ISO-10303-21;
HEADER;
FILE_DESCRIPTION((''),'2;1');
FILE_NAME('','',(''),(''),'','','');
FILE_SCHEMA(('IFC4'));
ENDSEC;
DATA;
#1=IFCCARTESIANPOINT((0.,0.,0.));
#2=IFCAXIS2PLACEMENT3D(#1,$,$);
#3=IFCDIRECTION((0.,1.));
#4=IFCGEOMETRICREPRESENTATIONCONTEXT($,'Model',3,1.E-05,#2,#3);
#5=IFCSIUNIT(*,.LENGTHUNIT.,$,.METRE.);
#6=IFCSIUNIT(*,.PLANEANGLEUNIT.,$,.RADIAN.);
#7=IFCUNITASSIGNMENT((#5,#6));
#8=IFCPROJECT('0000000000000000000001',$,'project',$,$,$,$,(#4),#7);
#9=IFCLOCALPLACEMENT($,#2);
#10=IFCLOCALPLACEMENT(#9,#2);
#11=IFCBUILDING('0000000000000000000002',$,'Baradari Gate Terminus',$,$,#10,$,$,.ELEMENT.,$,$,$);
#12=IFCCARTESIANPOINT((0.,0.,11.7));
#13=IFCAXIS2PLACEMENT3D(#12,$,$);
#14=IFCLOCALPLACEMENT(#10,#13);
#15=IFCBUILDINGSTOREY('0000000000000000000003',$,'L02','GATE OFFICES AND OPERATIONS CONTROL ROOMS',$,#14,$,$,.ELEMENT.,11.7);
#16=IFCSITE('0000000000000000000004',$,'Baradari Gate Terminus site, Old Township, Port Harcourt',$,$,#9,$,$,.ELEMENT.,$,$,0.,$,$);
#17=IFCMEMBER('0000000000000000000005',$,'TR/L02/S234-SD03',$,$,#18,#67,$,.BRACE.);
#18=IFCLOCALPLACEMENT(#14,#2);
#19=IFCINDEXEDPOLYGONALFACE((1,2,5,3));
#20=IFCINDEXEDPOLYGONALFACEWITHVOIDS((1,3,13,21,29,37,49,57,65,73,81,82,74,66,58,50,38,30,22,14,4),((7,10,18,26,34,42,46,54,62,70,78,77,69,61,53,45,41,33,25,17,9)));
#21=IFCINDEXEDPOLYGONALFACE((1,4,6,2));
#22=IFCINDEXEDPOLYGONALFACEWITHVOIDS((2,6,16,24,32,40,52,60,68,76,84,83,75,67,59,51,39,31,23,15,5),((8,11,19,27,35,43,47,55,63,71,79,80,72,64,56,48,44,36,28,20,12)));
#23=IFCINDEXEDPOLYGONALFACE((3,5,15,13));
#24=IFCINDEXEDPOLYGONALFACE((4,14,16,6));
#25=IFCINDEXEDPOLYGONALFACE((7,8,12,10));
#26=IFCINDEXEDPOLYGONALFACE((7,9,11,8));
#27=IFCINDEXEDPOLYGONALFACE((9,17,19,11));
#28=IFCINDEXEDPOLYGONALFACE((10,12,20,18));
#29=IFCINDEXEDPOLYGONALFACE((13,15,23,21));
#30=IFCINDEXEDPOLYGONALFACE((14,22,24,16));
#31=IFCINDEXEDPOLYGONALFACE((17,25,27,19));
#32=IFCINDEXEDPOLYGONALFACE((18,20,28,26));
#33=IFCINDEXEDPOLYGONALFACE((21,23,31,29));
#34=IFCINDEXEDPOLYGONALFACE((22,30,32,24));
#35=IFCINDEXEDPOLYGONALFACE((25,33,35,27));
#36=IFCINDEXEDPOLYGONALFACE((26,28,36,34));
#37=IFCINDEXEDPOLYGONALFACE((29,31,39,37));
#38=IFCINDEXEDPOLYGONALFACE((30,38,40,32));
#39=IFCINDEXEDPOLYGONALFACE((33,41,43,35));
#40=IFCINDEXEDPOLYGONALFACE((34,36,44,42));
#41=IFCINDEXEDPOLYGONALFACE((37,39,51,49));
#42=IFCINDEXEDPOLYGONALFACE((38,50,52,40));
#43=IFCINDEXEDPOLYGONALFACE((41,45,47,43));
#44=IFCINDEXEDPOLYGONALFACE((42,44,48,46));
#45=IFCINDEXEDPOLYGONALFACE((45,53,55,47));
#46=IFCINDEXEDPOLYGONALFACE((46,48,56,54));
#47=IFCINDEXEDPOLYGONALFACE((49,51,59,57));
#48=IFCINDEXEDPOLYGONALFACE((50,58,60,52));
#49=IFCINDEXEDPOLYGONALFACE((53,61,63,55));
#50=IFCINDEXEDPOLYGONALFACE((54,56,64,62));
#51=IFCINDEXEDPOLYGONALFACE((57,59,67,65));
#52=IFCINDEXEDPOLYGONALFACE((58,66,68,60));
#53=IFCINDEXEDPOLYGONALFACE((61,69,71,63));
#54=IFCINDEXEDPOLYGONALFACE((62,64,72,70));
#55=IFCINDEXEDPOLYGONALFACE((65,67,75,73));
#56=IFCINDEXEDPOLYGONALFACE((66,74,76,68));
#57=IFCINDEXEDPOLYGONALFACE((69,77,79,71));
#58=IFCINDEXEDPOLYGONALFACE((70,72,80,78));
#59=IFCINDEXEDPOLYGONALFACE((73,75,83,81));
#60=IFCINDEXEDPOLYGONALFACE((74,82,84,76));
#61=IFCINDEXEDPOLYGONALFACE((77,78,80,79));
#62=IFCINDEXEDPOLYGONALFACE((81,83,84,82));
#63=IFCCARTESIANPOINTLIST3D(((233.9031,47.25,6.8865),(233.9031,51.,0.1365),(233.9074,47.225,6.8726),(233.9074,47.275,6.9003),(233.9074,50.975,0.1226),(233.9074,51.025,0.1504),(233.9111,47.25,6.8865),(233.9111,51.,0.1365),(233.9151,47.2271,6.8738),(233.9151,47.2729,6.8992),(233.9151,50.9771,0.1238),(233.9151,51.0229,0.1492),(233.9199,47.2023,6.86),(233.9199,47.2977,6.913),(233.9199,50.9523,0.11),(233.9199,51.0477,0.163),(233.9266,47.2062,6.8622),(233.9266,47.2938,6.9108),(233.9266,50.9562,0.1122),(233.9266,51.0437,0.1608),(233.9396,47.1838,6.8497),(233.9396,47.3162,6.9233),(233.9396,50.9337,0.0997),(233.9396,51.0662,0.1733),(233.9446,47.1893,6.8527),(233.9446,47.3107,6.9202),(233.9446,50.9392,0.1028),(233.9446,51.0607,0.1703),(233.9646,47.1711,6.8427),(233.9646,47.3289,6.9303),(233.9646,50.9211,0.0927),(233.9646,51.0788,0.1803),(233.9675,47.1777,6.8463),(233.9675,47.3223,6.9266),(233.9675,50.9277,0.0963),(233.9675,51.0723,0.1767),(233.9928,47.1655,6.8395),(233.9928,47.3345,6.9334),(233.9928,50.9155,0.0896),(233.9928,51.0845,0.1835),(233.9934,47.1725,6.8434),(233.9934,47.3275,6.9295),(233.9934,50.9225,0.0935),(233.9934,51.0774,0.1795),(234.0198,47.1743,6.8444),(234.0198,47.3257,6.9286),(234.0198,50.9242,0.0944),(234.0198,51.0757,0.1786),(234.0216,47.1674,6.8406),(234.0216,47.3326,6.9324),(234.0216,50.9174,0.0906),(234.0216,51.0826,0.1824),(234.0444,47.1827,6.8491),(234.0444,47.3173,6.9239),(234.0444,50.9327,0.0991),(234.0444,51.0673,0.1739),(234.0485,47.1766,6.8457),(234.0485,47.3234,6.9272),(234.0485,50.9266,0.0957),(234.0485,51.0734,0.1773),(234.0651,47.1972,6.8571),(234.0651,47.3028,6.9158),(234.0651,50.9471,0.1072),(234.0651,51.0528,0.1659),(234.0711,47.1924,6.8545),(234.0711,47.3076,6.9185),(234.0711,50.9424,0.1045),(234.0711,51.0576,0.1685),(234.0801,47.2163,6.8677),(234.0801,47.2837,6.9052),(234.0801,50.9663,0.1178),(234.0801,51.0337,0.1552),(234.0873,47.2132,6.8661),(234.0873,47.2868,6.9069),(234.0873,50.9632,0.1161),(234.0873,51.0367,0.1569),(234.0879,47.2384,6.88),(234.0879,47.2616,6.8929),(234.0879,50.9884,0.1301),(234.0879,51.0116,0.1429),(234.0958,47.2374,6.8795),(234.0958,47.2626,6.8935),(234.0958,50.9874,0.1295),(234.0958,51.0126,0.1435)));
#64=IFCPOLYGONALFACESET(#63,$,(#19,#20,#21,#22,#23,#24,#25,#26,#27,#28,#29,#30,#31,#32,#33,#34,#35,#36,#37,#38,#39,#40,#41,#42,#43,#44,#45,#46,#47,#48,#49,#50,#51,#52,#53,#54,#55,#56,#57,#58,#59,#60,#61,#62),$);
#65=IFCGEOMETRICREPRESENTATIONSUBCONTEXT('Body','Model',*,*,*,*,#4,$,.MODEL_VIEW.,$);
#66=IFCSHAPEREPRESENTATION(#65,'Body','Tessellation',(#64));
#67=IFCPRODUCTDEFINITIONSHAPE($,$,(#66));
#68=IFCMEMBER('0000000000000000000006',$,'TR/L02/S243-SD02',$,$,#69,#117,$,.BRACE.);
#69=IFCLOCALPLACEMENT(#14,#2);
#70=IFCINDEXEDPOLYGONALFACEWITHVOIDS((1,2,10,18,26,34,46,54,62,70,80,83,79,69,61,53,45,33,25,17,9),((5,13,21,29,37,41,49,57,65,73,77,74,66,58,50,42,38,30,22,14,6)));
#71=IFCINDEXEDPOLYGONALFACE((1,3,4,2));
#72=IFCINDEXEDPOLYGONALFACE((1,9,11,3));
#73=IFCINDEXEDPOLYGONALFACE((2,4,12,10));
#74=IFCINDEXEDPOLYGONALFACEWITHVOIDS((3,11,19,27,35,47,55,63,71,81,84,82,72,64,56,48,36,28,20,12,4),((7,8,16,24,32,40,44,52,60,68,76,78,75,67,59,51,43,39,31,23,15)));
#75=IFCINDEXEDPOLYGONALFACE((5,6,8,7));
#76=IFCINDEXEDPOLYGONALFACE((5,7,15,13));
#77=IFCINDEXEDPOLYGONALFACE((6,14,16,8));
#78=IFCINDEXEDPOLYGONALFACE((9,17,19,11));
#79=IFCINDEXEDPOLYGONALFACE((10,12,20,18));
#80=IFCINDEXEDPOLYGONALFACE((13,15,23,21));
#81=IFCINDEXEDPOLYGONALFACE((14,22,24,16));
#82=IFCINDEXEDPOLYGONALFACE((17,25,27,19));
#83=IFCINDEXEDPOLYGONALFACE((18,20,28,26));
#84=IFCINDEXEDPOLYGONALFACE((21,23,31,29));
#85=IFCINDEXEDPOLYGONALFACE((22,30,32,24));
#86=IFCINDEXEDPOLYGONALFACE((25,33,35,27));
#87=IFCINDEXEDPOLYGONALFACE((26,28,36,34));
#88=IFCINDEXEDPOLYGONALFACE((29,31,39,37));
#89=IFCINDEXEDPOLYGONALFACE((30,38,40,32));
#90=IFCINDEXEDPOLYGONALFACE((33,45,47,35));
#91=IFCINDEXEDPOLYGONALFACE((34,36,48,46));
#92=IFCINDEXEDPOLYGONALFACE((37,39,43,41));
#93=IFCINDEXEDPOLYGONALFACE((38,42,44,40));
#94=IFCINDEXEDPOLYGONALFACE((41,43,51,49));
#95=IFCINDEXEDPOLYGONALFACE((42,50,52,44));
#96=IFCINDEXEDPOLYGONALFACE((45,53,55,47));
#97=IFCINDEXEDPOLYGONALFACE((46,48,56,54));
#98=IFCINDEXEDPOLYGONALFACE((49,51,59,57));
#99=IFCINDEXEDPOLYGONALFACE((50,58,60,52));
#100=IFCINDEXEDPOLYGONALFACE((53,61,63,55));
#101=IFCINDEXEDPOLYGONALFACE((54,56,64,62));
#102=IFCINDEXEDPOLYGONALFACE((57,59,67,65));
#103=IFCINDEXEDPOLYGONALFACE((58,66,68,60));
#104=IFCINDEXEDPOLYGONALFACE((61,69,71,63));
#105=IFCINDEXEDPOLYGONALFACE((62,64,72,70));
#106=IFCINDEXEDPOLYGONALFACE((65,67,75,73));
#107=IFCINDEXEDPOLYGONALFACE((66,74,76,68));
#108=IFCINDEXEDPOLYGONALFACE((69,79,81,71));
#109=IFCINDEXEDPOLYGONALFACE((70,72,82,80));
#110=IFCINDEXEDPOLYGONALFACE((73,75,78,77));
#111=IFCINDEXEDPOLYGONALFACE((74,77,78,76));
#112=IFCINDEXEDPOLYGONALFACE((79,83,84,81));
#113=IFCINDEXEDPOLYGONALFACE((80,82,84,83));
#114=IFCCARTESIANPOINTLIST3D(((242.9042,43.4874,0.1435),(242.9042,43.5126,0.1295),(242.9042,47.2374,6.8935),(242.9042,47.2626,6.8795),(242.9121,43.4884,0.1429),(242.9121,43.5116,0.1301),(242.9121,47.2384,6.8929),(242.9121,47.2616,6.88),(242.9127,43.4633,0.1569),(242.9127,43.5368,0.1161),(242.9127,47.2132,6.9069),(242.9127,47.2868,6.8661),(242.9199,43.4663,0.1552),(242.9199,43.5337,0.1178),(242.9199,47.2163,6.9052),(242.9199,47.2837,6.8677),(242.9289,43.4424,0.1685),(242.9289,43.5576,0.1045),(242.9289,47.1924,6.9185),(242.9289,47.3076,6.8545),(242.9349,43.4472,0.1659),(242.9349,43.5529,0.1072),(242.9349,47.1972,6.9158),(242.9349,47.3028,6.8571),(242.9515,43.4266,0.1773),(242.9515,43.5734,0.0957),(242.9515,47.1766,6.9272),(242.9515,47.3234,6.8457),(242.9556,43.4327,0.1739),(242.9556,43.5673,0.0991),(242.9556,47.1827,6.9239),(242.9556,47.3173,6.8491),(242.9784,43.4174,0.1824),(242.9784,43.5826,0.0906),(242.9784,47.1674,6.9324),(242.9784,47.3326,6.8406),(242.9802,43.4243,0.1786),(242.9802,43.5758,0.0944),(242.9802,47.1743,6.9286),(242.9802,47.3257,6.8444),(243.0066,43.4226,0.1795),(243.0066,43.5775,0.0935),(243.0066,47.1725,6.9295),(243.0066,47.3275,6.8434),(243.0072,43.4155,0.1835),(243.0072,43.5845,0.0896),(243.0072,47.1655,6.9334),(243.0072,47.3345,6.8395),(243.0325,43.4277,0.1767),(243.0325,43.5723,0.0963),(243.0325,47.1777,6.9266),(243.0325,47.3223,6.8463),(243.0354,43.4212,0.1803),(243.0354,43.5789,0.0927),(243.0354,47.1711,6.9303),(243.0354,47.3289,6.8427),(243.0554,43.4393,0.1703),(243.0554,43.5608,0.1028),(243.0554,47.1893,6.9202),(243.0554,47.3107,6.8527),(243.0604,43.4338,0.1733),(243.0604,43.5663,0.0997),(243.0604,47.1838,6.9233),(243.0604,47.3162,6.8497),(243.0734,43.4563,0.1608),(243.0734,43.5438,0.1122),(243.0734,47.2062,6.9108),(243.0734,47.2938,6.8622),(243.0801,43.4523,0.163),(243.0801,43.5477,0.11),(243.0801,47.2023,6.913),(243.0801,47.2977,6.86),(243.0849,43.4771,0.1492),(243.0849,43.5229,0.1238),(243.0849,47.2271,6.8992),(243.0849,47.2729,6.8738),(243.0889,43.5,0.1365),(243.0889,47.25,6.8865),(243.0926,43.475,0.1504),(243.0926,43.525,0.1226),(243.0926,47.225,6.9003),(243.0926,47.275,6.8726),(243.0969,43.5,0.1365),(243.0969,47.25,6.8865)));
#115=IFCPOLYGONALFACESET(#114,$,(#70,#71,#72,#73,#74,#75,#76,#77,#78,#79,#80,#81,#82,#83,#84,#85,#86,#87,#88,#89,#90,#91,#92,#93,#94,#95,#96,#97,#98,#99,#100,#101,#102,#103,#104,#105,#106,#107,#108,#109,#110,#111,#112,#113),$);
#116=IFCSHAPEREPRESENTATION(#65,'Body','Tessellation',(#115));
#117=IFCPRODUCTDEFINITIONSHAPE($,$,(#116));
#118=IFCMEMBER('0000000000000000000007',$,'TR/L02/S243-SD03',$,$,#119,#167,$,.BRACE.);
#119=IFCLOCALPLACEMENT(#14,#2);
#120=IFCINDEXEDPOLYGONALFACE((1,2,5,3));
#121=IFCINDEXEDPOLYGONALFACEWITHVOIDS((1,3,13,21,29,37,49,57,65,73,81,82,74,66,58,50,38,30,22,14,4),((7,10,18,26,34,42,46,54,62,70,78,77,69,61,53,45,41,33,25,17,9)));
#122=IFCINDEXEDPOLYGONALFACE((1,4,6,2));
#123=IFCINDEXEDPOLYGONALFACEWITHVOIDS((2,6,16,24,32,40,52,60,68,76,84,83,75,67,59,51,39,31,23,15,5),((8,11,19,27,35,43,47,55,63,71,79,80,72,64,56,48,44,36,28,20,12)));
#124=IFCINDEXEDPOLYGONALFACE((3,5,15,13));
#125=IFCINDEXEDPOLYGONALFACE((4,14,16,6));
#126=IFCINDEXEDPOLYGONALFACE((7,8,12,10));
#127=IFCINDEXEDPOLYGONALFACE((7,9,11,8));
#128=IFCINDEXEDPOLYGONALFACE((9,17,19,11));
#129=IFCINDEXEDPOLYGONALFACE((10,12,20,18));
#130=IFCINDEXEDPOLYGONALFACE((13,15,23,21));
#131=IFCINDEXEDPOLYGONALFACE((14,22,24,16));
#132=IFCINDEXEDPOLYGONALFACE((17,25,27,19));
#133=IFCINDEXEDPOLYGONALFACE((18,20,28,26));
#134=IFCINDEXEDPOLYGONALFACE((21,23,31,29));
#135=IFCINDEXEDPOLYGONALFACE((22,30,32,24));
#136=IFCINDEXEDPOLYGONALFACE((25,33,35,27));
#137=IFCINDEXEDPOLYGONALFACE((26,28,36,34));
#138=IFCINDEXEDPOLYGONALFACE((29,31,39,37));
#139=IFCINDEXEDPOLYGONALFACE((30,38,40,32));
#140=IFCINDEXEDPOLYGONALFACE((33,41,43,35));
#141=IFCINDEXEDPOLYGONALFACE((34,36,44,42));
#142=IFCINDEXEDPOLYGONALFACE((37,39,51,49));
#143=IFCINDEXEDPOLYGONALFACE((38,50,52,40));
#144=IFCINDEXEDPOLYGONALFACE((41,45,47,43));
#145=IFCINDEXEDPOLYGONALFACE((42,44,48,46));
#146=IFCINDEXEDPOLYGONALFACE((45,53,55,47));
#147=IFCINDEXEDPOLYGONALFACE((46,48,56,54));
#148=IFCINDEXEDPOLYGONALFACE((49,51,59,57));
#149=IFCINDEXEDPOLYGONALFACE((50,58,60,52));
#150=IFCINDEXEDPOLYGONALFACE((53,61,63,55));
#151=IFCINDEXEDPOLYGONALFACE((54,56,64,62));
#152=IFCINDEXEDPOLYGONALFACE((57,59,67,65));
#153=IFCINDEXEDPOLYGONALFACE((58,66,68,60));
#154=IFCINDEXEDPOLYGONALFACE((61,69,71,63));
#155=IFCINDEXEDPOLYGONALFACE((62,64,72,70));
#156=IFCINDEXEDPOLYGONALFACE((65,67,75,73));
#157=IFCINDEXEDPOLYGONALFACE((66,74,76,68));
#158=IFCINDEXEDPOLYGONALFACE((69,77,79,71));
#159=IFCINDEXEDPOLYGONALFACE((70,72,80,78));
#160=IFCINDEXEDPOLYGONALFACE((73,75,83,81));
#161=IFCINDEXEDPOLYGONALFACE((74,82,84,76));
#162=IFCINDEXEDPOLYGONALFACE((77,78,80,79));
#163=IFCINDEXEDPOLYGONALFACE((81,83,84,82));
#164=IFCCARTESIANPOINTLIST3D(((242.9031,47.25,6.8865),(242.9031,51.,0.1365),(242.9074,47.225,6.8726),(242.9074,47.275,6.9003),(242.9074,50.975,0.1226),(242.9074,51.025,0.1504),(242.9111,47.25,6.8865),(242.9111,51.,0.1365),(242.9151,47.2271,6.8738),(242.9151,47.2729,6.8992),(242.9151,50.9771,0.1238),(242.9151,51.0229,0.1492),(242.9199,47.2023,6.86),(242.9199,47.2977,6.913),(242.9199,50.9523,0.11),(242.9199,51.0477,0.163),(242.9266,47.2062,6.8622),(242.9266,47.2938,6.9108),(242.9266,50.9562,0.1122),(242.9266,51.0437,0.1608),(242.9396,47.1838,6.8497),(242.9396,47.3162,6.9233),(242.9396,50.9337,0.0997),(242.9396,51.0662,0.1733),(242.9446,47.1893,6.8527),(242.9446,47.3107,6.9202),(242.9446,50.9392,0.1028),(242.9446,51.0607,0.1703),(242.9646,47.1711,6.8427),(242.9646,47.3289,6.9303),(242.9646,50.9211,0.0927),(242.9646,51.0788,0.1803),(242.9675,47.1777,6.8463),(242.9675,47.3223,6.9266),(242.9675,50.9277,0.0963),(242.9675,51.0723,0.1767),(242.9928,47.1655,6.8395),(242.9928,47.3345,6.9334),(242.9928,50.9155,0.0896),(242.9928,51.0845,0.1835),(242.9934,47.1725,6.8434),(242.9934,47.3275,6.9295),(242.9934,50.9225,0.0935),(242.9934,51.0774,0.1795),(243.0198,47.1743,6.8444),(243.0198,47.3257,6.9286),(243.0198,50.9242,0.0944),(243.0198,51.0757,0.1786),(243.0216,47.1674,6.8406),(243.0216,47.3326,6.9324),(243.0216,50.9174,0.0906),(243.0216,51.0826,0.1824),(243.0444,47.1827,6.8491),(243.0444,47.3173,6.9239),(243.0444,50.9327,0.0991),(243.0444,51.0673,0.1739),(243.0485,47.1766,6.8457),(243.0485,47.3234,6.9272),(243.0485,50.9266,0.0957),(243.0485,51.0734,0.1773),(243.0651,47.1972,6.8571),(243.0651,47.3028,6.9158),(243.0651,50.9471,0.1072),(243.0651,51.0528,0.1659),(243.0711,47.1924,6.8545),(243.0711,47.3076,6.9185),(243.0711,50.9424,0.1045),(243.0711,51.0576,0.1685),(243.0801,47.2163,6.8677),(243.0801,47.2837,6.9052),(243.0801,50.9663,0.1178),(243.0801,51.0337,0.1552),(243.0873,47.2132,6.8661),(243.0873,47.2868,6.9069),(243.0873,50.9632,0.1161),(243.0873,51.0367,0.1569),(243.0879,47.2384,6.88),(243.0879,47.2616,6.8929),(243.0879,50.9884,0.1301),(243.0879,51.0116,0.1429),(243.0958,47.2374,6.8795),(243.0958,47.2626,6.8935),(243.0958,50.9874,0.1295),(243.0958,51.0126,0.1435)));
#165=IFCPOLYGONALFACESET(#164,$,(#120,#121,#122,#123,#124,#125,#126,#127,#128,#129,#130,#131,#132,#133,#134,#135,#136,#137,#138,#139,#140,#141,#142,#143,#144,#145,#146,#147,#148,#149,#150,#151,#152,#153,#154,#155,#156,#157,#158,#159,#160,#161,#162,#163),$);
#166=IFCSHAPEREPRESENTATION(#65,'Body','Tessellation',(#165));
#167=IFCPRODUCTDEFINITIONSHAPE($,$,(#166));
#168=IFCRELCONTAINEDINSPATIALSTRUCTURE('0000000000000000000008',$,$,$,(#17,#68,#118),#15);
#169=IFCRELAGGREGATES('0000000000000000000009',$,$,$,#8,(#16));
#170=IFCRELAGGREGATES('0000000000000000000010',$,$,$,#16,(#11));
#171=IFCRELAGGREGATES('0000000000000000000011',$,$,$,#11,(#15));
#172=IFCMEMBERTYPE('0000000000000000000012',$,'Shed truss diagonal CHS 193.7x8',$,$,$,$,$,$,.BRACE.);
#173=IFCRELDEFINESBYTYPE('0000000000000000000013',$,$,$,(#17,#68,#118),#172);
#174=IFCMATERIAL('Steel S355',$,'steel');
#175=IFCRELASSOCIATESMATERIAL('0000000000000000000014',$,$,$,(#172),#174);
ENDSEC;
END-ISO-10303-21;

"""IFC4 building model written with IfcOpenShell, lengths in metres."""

from ifc_helpers import new_model, si_unit, direction, frame, origin, origin_2d, place, context, subcontext, project, spatial, hollow_circle, extrude, material, material_profile, profile_set, type_object, element, save


model = new_model("IFC4")

# Units and contexts
model_context = context("Model", 3, precision=1e-05, world=origin(), true_north=direction((0.0, 1.0)))
body_context = subcontext(model_context, "Body", "Model", "MODEL_VIEW")
ifc_project = project(units=[si_unit("LENGTHUNIT", "METRE"), si_unit("PLANEANGLEUNIT", "RADIAN")], contexts=[model_context])

# Site, building, storey
site_placement = place(None, origin())
site = spatial("IfcSite", under=ifc_project, at=site_placement, Name="Baradari Gate Terminus site, Old Township, Port Harcourt", CompositionType="ELEMENT", RefElevation=0.0)
building_placement = place(site_placement, origin())
building = spatial("IfcBuilding", under=site, at=building_placement, Name="Baradari Gate Terminus", CompositionType="ELEMENT")
storey_placement = place(building_placement, frame((0.0, 0.0, 11.7)))
storey = spatial("IfcBuildingStorey", under=building, at=storey_placement, Name="L02", Description="GATE OFFICES AND OPERATIONS CONTROL ROOMS", CompositionType="ELEMENT", Elevation=11.7)

# Members
ifc_material_1 = material(Name="Steel S355", Category="steel")
ifc_material_profile_1 = material_profile(ifc_material_1, hollow_circle(Radius=0.0969, WallThickness=0.0081, at=origin_2d()), Name="CHS 193.7x8")
ifc_profile_set_1 = profile_set([ifc_material_profile_1], Name="Steel S355")
member_type_1 = type_object("IfcMemberType", Name="Shed truss diagonal CHS 193.7x8", PredefinedType="BRACE", material=ifc_profile_set_1)
for number, where, z_axis, x_axis, name in (
    (1, (234.0, 47.25, 6.8865), (0.0, 0.485643, -0.874157), (-1.0, 0.0, 0.0), "TR/L02/S234-SD03"),
    (2, (243.0, 47.25, 6.8865), (0.0, -0.485643, -0.874157), (1.0, 0.0, 0.0), "TR/L02/S243-SD02"),
    (3, (243.0, 47.25, 6.8865), (0.0, 0.485643, -0.874157), (-1.0, 0.0, 0.0), "TR/L02/S243-SD03"),
):
    element("IfcMember", number, at=place(storey_placement, frame(where, z_axis=z_axis, x_axis=x_axis)), inside=storey, type_object=member_type_1, Name=name, PredefinedType="BRACE", context=body_context, shape_type="SweptSolid", body=[
        extrude(hollow_circle(Radius=0.0969, WallThickness=0.0081, at=origin_2d()), origin(), (0.0, 0.0, 1.0), 7.7217),
    ])

save(model, "model.ifc")
